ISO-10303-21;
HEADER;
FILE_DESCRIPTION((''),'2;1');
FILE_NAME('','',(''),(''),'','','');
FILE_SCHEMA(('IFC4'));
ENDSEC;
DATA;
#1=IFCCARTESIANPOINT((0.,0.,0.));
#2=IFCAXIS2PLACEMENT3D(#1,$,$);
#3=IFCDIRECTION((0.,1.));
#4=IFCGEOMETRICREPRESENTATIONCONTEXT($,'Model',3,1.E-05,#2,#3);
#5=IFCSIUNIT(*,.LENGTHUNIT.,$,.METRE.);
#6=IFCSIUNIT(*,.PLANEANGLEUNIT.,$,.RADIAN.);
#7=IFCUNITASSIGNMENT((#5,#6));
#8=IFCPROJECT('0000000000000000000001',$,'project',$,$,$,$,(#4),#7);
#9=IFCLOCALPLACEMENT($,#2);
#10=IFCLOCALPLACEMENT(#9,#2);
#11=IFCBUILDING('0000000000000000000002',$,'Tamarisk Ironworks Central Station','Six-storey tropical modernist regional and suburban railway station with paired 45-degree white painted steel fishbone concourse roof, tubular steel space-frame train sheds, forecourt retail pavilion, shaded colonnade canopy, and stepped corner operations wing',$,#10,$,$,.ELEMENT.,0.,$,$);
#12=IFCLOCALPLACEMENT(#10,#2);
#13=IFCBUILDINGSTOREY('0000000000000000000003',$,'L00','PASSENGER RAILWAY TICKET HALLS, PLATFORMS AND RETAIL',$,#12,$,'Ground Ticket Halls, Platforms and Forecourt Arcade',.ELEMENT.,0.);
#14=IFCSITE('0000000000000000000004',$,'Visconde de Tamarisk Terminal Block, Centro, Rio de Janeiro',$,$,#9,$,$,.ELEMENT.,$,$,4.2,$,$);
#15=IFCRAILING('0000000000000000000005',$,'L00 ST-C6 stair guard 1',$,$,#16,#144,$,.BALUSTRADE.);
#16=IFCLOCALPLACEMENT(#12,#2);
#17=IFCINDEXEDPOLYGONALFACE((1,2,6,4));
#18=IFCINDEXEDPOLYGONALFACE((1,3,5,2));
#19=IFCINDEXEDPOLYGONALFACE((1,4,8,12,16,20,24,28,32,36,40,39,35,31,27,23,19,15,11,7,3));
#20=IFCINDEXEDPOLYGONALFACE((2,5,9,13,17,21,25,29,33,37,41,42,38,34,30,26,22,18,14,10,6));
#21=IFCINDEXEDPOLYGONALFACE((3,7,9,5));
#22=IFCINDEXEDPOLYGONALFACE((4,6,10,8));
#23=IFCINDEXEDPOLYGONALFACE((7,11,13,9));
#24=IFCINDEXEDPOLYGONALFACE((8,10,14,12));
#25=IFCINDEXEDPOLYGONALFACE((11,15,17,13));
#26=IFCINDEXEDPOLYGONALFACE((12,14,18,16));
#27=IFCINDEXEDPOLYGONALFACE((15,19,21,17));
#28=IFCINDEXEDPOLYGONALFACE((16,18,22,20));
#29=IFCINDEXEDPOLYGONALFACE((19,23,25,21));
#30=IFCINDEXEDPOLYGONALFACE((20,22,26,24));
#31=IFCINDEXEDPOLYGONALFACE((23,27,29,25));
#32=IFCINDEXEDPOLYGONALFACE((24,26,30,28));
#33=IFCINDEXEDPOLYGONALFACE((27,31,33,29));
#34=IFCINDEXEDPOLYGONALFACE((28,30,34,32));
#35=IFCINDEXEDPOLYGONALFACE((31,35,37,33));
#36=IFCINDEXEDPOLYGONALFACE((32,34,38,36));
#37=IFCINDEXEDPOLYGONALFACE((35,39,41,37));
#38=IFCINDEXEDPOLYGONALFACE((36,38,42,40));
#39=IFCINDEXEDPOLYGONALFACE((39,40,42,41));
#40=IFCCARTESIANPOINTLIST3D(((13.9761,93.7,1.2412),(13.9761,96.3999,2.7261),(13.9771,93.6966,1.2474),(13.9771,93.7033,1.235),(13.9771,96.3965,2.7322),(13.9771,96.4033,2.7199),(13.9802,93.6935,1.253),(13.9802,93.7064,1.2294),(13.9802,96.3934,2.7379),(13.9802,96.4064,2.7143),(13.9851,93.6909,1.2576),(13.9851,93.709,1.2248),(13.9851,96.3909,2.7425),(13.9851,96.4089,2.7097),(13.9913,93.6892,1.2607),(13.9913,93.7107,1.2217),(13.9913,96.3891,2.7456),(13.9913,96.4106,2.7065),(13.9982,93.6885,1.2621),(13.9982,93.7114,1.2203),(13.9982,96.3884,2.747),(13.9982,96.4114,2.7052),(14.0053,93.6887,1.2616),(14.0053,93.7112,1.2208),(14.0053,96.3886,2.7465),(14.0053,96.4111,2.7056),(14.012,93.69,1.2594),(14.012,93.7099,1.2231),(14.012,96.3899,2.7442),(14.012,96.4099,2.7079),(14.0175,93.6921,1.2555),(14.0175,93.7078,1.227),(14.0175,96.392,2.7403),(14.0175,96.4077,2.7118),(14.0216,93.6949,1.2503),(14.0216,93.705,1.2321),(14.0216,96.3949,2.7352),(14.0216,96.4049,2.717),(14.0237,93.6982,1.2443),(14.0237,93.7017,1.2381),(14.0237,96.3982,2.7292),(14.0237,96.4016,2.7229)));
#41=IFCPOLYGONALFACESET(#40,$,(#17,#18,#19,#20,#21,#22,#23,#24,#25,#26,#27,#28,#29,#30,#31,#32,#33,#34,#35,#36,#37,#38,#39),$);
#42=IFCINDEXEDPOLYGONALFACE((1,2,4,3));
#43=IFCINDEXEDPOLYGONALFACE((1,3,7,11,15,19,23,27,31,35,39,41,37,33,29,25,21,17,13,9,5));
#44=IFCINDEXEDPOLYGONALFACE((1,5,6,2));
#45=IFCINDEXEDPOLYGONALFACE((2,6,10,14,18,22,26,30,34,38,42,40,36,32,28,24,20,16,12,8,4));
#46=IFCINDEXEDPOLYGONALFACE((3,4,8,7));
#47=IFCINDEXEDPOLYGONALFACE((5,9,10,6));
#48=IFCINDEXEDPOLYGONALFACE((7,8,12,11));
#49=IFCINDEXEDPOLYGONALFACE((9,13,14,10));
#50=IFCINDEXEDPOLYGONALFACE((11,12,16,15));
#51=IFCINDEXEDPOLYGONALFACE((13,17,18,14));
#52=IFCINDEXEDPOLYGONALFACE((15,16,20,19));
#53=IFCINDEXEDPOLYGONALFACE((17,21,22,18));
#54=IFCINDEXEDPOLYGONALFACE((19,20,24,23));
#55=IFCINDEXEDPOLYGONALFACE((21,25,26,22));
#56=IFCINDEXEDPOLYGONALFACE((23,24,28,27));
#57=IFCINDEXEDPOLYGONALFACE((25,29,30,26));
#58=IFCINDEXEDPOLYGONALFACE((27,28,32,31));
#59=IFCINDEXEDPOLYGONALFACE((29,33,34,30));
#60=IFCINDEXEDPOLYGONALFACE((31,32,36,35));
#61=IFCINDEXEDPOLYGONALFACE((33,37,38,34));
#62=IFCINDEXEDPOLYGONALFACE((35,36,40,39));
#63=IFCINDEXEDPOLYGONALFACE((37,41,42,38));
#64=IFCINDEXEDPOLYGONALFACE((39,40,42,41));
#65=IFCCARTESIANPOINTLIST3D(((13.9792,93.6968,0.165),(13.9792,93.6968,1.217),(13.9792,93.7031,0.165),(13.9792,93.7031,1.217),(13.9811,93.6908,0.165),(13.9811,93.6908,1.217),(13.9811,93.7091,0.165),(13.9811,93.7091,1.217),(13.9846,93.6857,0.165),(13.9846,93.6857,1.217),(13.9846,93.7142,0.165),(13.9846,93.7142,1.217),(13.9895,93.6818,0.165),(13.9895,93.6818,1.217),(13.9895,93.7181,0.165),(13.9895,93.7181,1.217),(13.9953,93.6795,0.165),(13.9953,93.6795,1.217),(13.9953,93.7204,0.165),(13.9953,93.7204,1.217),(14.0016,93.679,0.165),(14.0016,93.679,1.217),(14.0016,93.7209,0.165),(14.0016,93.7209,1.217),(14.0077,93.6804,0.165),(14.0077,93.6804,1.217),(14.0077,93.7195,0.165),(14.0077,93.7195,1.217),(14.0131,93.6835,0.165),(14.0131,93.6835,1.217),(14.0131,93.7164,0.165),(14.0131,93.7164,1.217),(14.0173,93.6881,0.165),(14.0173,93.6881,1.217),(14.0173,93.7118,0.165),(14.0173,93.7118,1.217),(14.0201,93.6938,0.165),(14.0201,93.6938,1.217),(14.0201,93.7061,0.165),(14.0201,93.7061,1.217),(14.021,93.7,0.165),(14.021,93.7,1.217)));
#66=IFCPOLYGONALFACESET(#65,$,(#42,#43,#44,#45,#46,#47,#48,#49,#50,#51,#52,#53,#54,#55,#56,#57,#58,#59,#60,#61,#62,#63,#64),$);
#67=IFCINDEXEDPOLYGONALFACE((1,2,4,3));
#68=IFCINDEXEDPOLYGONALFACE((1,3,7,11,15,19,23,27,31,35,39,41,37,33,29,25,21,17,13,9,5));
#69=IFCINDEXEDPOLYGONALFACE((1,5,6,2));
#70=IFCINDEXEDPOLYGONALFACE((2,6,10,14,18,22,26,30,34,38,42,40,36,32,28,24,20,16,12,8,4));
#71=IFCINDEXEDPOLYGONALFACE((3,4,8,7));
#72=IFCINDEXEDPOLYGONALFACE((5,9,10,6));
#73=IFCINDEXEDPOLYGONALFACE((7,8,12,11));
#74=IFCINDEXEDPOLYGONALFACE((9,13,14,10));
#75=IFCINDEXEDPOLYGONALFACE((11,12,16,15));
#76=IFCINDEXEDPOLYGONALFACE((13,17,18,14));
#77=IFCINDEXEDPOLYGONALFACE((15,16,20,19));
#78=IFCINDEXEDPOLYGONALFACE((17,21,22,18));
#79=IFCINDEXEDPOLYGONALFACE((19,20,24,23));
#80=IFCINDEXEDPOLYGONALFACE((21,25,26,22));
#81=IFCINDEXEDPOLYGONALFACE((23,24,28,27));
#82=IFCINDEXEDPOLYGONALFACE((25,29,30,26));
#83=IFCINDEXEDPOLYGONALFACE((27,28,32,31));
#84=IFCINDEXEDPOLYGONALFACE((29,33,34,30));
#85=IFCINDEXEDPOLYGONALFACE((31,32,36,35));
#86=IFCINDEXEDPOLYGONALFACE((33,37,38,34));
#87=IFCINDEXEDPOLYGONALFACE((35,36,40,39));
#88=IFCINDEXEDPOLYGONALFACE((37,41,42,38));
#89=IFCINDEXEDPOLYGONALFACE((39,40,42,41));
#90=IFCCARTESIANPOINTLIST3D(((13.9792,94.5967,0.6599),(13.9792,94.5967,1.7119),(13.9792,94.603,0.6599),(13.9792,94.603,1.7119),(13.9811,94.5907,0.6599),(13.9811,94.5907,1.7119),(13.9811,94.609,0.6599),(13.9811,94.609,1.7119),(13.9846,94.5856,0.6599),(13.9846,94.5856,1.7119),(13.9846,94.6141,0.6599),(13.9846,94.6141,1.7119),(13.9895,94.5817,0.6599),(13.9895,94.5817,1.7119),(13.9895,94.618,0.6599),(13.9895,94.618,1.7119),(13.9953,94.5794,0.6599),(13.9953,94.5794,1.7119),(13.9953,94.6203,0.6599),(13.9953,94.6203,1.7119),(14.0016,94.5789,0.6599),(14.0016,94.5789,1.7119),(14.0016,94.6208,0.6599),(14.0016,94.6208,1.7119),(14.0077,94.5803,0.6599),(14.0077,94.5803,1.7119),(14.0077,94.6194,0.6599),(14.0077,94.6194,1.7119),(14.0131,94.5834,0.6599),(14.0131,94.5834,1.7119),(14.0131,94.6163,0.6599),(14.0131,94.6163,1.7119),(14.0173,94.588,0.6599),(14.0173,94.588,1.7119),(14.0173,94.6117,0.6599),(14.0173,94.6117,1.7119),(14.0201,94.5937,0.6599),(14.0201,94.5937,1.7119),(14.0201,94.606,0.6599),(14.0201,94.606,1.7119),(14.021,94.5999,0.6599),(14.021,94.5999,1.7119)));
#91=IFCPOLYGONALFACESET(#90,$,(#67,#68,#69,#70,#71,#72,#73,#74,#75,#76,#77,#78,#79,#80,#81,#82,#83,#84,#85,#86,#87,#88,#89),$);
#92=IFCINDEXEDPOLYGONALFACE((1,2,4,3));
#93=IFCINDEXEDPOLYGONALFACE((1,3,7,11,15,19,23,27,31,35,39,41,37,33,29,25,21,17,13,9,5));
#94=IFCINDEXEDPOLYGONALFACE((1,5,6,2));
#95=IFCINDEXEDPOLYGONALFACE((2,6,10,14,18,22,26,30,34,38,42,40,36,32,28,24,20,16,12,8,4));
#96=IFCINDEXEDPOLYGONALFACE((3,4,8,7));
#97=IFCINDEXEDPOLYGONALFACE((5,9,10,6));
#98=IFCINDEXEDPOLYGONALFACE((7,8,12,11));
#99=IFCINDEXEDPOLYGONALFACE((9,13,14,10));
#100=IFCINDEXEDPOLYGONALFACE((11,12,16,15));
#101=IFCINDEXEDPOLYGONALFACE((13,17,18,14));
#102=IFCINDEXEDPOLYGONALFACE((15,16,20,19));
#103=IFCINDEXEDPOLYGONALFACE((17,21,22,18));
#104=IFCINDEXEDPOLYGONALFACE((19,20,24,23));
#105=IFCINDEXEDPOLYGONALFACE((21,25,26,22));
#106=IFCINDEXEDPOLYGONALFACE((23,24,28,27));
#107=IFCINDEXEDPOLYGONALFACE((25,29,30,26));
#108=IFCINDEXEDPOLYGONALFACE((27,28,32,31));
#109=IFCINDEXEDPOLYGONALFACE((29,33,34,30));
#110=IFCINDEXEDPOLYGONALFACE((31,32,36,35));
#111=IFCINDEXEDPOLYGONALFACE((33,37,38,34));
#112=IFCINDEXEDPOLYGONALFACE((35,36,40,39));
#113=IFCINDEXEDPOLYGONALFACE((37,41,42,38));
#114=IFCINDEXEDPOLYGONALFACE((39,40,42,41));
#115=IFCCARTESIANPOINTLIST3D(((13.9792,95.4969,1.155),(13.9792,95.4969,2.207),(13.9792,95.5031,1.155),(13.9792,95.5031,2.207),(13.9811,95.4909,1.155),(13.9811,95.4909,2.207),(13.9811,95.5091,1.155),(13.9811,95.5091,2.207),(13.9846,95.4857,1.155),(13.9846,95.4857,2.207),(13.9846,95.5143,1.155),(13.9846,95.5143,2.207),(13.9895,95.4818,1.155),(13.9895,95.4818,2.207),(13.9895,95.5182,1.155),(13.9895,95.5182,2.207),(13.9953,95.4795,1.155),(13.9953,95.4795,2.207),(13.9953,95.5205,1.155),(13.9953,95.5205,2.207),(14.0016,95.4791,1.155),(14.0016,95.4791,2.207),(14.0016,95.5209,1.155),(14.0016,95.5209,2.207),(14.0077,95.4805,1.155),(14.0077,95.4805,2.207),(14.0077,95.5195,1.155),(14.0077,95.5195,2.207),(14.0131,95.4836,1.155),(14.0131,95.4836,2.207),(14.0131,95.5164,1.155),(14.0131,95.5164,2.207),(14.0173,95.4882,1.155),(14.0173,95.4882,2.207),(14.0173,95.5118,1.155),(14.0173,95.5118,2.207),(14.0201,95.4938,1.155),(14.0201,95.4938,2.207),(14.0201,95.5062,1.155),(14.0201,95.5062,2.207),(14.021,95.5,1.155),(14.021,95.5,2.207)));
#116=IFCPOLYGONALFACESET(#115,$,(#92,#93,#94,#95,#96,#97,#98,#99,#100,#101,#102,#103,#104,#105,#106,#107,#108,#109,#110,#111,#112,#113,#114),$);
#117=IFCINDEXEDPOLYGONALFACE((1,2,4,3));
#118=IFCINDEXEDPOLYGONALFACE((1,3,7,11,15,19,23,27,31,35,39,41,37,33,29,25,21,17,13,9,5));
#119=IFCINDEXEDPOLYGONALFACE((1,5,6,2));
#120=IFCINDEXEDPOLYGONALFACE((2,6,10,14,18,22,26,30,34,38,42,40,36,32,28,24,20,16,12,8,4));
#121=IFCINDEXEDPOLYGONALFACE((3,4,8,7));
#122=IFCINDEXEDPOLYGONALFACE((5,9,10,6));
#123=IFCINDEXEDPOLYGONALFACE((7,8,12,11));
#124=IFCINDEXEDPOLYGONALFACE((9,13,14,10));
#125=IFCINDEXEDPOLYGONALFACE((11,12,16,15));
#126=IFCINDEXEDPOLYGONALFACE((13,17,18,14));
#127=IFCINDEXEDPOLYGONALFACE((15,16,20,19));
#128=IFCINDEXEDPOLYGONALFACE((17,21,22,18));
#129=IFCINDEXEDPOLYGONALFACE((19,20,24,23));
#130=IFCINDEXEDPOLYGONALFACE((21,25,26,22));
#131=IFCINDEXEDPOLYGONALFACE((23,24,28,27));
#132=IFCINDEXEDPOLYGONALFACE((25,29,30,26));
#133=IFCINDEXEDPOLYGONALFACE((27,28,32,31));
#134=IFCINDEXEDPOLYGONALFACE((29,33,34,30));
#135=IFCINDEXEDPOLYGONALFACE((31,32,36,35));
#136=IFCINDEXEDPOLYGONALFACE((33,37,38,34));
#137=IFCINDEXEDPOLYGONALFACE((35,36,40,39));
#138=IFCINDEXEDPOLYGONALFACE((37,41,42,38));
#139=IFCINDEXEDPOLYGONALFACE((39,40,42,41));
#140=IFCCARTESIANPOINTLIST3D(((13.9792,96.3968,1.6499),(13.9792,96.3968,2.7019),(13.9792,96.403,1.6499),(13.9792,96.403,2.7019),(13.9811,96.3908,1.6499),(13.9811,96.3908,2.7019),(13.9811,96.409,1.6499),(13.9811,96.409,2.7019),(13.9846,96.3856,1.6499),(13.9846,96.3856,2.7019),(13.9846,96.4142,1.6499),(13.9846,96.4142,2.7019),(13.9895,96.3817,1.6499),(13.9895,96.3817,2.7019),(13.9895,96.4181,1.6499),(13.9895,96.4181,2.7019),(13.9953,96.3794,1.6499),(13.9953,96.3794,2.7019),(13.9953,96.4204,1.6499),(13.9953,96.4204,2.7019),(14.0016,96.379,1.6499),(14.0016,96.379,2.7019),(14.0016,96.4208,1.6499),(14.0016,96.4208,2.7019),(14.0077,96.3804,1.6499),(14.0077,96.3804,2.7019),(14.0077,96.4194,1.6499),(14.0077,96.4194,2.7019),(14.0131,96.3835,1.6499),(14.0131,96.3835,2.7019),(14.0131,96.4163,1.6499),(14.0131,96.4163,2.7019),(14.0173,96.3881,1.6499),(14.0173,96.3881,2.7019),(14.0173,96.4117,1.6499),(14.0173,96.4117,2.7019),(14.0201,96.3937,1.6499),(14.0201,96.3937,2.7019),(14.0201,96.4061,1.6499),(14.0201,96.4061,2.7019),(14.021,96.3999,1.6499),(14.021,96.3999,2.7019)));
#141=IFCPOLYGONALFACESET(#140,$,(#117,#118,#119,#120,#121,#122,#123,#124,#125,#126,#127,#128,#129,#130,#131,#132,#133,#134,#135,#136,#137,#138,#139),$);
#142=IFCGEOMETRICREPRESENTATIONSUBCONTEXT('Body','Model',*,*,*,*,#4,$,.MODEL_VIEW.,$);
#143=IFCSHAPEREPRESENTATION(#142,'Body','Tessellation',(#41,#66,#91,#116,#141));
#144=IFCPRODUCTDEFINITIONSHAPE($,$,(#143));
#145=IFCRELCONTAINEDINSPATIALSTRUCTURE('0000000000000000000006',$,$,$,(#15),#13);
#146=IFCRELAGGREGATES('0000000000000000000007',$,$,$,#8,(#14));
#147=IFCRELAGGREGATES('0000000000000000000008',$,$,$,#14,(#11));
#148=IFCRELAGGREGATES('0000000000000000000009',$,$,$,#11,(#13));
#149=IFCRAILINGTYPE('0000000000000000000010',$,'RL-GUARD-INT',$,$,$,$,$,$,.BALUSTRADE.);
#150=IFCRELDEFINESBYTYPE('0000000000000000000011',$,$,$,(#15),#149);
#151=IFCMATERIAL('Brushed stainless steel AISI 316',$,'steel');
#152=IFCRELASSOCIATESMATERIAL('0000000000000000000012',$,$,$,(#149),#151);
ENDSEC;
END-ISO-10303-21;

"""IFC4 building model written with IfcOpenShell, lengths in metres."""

from ifc_helpers import new_model, si_unit, direction, frame, origin, origin_2d, place, context, subcontext, project, spatial, circle, extrude, material, type_object, element, save


model = new_model("IFC4")

# Units and contexts
model_context = context("Model", 3, precision=1e-05, world=origin(), true_north=direction((0.0, 1.0)))
body_context = subcontext(model_context, "Body", "Model", "MODEL_VIEW")
ifc_project = project(units=[si_unit("LENGTHUNIT", "METRE"), si_unit("PLANEANGLEUNIT", "RADIAN")], contexts=[model_context])

# Site, building, storey
site_placement = place(None, origin())
site = spatial("IfcSite", under=ifc_project, at=site_placement, Name="Visconde de Tamarisk Terminal Block, Centro, Rio de Janeiro", CompositionType="ELEMENT", RefElevation=4.2)
building_placement = place(site_placement, origin())
building = spatial("IfcBuilding", under=site, at=building_placement, Name="Tamarisk Ironworks Central Station", Description="Six-storey tropical modernist regional and suburban railway station with paired 45-degree white painted steel fishbone concourse roof, tubular steel space-frame train sheds, forecourt retail pavilion, shaded colonnade canopy, and stepped corner operations wing", CompositionType="ELEMENT", ElevationOfRefHeight=0.0)
storey_placement = place(building_placement, origin())
storey = spatial("IfcBuildingStorey", under=building, at=storey_placement, Name="L00", Description="PASSENGER RAILWAY TICKET HALLS, PLATFORMS AND RETAIL", LongName="Ground Ticket Halls, Platforms and Forecourt Arcade", CompositionType="ELEMENT", Elevation=0.0)

# Railing
ifc_material_1 = material(Name="Brushed stainless steel AISI 316", Category="steel")
railing_type_1 = type_object("IfcRailingType", Name="RL-GUARD-INT", PredefinedType="BALUSTRADE", material=ifc_material_1)
railing_1_placement = place(storey_placement, frame((14.0, 93.7, 0.165)))
element("IfcRailing", 1, at=railing_1_placement, inside=storey, type_object=railing_type_1, Name="L00 ST-C6 stair guard 1", PredefinedType="BALUSTRADE", context=body_context, shape_type="SweptSolid", body=[
    extrude(circle(Radius=0.0239, at=origin_2d()), frame((0.0, 0.0, 1.0762), z_axis=(0.0, 0.876231, 0.481891), x_axis=(-1.0, 0.0, 0.0)), (0.0, 0.0, 1.0), 3.0813),
    extrude(circle(Radius=0.021, at=origin_2d()), origin(), (0.0, 0.0, 1.0), 1.052),
    extrude(circle(Radius=0.021, at=origin_2d()), frame((0.0, 0.8999, 0.4949)), (0.0, 0.0, 1.0), 1.052),
    extrude(circle(Radius=0.021, at=origin_2d()), frame((0.0, 1.8, 0.99)), (0.0, 0.0, 1.0), 1.052),
    extrude(circle(Radius=0.021, at=origin_2d()), frame((0.0, 2.7, 1.4849)), (0.0, 0.0, 1.0), 1.052),
])

save(model, "model.ifc")
